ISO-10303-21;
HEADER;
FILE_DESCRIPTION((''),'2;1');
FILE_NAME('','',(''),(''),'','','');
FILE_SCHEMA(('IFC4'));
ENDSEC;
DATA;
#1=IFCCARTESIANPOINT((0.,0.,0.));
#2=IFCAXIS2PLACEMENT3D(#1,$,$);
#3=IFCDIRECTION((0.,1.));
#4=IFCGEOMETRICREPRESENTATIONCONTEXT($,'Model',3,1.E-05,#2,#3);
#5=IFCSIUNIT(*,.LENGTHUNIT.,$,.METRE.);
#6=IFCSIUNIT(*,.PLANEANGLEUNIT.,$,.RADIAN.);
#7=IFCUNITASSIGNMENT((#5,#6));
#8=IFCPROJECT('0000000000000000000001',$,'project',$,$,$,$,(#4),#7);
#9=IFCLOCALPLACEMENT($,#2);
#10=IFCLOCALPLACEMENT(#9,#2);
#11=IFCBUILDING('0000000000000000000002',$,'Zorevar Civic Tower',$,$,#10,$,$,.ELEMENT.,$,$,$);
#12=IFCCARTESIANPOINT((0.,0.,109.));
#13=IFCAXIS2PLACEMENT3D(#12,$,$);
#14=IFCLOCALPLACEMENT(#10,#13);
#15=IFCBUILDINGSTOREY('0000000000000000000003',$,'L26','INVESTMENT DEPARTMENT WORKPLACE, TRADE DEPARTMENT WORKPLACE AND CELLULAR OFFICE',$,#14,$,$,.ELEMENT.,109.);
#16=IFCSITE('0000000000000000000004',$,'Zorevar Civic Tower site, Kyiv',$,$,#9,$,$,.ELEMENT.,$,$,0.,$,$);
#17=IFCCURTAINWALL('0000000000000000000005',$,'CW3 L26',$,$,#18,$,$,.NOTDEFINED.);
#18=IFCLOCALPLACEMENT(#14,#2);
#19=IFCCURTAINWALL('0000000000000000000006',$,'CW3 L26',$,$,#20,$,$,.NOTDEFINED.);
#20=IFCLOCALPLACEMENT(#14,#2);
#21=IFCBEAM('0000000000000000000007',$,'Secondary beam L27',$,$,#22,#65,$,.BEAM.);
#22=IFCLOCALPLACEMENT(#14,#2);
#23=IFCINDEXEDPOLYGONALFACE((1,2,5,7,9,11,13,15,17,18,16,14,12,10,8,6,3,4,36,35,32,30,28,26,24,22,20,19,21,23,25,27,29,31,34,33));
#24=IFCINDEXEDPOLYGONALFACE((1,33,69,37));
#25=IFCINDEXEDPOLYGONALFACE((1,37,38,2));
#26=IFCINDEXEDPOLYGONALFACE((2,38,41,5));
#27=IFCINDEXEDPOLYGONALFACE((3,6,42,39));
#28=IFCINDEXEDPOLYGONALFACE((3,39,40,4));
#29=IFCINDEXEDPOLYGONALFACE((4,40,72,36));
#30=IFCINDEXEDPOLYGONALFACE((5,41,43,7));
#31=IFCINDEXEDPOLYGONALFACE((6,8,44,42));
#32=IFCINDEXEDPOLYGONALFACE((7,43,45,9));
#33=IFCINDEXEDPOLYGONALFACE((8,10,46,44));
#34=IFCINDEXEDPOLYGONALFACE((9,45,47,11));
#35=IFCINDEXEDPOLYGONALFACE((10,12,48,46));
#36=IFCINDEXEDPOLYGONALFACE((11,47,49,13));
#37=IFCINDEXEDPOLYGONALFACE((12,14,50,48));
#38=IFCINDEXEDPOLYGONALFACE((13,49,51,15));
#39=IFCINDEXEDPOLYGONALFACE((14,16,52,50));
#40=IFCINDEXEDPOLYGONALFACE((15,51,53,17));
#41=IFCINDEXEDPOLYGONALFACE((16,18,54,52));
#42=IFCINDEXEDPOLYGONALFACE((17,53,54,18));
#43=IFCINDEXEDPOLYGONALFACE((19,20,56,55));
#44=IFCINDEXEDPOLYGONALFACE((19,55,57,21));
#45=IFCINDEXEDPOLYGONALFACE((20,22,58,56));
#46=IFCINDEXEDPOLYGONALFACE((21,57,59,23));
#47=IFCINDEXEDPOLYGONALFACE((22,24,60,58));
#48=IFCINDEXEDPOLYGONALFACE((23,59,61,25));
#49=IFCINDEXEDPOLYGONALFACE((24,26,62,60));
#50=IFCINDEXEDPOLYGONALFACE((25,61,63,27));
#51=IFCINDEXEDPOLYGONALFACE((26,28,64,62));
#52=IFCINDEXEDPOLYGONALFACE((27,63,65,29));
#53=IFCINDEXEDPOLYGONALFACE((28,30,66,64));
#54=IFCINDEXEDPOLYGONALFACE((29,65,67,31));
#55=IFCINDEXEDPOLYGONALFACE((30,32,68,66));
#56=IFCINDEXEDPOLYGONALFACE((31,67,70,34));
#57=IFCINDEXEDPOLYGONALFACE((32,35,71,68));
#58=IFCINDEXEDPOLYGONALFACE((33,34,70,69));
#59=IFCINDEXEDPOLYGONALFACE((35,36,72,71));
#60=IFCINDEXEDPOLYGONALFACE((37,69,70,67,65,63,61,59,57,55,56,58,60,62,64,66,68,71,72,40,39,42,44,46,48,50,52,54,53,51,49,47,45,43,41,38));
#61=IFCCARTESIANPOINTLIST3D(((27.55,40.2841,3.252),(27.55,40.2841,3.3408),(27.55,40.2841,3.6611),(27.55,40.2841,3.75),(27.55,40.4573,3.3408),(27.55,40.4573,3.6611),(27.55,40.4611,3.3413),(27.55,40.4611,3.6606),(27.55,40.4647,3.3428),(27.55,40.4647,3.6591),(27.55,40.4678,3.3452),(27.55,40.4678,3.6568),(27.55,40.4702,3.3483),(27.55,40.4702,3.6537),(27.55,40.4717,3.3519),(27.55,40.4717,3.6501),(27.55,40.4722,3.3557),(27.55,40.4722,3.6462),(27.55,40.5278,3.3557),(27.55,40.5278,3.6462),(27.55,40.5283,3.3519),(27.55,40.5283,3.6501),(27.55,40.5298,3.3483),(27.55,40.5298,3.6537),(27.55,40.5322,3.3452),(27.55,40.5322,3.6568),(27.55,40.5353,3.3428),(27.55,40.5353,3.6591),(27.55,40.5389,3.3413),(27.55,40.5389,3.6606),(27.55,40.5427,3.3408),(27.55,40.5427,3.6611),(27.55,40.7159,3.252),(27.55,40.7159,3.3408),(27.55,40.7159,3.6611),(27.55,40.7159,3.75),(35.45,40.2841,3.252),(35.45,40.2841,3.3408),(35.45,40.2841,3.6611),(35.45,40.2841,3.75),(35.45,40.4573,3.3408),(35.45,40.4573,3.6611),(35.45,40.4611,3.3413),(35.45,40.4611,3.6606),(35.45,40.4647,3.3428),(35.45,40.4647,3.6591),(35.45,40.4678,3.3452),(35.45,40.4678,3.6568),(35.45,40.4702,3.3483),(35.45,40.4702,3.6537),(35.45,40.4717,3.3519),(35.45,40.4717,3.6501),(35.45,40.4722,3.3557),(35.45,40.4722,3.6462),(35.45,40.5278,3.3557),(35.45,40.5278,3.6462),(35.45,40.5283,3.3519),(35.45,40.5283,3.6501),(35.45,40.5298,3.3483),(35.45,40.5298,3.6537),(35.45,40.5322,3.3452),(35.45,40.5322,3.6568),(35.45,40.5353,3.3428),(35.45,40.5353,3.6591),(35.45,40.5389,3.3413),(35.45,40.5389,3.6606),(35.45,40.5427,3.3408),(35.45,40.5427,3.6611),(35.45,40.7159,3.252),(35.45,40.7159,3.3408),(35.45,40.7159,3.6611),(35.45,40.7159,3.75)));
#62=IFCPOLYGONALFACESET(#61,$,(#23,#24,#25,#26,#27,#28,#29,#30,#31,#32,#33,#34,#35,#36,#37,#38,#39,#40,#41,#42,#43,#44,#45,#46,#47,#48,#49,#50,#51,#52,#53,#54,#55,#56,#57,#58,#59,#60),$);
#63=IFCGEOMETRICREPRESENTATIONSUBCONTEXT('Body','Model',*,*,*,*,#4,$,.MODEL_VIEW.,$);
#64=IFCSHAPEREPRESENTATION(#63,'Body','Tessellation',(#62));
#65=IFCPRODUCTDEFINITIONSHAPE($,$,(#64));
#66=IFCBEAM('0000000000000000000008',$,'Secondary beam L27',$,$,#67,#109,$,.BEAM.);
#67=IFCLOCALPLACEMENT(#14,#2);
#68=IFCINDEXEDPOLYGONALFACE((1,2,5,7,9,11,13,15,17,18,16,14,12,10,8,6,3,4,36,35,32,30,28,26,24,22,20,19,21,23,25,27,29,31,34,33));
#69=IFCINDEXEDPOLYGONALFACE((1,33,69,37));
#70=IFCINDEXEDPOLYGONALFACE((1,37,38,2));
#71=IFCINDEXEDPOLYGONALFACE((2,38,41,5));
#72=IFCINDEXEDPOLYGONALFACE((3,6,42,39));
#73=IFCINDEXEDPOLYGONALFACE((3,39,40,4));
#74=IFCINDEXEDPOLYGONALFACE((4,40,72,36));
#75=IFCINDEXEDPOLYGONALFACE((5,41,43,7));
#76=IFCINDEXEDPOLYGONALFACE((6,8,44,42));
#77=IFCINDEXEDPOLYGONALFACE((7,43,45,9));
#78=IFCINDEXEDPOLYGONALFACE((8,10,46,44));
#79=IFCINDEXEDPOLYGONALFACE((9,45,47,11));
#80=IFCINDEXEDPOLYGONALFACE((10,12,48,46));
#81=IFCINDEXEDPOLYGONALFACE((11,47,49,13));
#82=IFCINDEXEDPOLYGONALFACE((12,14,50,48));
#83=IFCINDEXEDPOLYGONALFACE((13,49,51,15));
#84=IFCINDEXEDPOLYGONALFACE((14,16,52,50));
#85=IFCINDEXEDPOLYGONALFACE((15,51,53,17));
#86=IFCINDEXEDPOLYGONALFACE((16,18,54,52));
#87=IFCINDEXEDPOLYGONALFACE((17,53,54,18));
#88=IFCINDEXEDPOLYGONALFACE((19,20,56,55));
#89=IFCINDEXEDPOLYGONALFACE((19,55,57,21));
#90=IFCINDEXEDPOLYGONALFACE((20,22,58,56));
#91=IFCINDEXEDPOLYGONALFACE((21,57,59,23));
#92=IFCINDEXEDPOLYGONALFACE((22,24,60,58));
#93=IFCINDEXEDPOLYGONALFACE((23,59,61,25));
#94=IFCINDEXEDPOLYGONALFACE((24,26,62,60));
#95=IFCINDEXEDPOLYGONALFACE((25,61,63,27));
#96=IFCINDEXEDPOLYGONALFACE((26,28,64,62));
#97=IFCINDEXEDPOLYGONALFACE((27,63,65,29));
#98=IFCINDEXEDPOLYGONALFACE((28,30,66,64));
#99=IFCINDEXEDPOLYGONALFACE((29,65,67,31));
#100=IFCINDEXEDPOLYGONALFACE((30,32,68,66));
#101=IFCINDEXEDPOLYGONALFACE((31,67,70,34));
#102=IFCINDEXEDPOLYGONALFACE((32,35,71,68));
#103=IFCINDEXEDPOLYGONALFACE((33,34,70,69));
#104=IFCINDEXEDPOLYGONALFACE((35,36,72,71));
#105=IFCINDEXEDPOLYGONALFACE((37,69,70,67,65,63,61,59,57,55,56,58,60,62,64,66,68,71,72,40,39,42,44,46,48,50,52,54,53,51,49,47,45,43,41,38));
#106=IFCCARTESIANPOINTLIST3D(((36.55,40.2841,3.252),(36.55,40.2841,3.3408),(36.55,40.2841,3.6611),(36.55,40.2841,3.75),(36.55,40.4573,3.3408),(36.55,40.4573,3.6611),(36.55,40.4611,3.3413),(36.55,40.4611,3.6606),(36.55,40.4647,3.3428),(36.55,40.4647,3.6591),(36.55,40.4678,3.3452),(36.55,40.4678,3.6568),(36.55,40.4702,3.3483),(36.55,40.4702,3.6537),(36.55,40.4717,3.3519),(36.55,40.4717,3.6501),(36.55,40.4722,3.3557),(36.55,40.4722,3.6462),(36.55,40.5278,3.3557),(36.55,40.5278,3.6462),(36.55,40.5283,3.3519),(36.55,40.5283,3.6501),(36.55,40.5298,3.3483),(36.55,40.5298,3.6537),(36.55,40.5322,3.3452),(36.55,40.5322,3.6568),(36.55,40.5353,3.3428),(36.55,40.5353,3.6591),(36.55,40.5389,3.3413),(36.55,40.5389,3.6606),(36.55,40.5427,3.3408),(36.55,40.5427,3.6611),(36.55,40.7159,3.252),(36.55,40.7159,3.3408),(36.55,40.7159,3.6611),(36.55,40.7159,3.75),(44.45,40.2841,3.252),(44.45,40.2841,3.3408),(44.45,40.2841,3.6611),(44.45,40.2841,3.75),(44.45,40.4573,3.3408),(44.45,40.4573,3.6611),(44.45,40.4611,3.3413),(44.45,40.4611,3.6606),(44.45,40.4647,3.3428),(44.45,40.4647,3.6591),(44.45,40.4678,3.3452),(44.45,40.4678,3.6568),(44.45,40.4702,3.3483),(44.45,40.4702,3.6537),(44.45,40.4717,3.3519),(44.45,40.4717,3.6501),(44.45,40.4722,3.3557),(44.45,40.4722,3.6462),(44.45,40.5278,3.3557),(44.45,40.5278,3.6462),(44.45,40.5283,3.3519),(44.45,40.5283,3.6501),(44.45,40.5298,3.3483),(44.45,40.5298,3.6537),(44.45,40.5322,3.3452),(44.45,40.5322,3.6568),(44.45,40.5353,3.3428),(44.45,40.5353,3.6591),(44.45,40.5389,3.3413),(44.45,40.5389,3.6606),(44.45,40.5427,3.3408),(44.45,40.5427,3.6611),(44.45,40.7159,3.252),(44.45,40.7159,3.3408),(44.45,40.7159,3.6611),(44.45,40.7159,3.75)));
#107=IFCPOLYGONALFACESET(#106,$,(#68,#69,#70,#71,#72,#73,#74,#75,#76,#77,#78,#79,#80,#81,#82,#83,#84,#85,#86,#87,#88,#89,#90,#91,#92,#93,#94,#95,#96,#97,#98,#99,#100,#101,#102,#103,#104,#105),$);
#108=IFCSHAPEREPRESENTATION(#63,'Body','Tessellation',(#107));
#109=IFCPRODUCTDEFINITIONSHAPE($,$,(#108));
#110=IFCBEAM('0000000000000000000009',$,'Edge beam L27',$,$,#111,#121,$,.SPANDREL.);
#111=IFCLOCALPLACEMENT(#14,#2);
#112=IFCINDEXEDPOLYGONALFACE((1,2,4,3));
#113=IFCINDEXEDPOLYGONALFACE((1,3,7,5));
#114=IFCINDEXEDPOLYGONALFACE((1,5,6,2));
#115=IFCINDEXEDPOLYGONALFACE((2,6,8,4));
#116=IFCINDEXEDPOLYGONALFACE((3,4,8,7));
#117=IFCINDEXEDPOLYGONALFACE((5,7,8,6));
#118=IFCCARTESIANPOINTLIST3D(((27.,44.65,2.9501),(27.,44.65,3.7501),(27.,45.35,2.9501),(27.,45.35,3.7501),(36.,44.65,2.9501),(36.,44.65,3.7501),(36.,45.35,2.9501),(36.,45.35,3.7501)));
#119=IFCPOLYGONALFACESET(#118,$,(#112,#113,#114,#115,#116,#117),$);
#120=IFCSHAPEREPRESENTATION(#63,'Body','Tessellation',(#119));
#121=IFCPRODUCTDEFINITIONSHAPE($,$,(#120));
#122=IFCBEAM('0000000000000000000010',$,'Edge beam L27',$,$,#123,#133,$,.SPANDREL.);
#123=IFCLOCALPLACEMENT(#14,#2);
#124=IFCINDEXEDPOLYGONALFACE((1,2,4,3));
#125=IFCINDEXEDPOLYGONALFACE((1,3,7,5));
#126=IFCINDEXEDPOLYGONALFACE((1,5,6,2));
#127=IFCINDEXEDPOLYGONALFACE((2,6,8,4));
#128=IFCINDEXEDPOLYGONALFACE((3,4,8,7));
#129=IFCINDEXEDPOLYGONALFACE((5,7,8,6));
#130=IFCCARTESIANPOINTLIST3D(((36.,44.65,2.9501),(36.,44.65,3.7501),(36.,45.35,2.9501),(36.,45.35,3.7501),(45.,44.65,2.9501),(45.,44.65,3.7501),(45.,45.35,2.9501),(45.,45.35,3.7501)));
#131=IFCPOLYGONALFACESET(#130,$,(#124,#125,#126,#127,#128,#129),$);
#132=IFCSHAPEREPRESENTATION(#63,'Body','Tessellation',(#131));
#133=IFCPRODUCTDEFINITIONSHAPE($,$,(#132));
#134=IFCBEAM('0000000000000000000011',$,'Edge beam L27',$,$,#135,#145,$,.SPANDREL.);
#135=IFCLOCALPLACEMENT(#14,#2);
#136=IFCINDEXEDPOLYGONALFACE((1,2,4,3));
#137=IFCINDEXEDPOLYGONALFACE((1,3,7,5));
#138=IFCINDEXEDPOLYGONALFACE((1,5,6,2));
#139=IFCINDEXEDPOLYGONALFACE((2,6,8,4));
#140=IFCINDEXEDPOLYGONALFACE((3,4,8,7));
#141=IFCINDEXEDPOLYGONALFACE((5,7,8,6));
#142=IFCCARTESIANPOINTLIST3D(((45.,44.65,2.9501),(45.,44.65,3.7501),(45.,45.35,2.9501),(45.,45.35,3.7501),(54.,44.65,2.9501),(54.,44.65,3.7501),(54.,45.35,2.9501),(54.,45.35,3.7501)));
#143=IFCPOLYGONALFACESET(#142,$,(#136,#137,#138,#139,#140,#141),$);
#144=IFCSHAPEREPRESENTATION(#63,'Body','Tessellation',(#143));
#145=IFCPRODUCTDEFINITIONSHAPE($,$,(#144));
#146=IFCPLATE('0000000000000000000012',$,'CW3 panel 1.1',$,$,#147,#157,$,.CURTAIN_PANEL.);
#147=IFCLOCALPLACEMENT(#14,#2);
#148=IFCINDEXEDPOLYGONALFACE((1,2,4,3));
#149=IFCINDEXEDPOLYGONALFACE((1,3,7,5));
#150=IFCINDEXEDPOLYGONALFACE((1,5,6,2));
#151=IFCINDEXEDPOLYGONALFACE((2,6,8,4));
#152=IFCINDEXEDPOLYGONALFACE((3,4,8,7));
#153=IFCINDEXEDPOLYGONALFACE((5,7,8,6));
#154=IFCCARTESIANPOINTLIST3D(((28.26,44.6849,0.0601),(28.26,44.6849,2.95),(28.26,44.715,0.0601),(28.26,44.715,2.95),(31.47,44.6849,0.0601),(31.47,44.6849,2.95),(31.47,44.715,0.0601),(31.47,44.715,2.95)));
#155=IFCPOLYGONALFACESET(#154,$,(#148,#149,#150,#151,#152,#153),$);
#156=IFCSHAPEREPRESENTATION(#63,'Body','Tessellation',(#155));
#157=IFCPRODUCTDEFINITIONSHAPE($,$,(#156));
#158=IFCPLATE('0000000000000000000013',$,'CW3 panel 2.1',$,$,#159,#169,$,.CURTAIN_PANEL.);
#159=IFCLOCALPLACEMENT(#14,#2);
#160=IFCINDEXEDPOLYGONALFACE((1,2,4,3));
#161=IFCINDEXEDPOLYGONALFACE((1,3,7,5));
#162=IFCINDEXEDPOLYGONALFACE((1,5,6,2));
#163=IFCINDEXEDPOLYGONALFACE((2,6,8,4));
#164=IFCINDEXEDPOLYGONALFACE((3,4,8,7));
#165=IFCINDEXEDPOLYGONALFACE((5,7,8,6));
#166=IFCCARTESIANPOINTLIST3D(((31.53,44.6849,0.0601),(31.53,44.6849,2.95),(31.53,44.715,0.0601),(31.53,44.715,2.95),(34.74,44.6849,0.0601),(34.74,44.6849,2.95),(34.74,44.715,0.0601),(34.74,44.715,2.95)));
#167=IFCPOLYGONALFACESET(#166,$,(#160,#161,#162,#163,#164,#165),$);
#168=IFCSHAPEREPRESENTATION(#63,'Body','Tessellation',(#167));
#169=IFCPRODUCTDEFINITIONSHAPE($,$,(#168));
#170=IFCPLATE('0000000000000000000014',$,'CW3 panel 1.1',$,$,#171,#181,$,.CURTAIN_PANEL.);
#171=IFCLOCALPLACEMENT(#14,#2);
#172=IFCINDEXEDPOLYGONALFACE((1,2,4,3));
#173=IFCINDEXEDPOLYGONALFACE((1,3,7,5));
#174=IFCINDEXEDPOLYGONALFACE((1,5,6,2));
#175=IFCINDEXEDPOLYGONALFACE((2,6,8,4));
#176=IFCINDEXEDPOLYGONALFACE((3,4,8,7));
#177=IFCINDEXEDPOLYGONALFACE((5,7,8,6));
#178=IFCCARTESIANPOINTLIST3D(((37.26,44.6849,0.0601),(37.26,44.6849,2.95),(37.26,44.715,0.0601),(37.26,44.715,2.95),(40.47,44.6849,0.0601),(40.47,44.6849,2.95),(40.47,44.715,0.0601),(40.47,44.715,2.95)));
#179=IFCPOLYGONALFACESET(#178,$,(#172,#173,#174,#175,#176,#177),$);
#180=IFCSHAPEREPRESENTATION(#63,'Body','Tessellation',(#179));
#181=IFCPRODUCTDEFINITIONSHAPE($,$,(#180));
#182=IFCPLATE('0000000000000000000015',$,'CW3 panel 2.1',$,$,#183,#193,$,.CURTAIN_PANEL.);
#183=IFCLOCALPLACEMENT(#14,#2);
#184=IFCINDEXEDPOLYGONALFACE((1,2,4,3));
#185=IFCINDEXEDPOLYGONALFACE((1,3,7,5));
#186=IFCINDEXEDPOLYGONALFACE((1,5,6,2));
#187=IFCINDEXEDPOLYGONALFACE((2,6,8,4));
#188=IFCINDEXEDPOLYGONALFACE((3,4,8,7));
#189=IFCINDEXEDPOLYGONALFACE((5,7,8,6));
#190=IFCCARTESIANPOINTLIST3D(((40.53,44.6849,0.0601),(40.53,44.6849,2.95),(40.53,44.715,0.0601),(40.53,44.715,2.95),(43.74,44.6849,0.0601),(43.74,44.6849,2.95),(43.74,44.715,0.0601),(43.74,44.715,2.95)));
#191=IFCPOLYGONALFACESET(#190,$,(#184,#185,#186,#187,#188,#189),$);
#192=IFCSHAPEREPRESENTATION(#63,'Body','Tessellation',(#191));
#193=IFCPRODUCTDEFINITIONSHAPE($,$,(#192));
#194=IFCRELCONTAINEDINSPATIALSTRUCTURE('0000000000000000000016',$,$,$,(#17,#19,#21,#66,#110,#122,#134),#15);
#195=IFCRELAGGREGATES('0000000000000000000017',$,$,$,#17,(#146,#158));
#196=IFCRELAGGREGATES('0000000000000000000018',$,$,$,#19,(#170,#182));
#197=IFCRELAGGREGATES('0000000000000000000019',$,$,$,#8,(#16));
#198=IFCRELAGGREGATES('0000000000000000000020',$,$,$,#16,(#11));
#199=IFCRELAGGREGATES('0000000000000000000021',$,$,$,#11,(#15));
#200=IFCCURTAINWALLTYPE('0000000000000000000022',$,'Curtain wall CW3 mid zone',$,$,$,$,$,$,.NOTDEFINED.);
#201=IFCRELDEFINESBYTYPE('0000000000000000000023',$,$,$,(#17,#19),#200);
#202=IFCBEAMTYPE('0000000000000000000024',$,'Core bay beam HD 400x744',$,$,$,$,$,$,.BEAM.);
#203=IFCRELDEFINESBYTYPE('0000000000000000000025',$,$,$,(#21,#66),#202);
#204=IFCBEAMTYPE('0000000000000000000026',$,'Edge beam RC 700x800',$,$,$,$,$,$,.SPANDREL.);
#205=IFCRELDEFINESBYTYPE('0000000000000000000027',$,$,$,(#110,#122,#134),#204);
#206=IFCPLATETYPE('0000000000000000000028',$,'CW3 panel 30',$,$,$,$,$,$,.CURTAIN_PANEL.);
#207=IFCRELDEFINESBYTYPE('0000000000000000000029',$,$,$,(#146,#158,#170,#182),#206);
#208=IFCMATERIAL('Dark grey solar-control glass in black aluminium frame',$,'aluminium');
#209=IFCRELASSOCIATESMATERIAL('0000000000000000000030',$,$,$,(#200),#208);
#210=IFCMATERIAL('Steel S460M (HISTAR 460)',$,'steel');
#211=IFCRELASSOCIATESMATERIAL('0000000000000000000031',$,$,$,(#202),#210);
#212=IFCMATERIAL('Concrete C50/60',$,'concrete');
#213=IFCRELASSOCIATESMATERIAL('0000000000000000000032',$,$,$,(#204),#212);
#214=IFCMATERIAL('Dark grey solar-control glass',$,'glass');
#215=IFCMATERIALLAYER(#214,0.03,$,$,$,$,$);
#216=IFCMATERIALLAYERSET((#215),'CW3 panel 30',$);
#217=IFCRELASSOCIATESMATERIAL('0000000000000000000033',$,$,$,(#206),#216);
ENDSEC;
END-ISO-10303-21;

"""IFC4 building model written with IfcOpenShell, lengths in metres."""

from ifc_helpers import new_model, si_unit, direction, frame, origin, origin_2d, place, context, subcontext, project, spatial, rectangle, i_section, extrude, material, layer, layer_set, material_profile, profile_set, type_object, element, aggregate, save


model = new_model("IFC4")

# Units and contexts
model_context = context("Model", 3, precision=1e-05, world=origin(), true_north=direction((0.0, 1.0)))
body_context = subcontext(model_context, "Body", "Model", "MODEL_VIEW")
ifc_project = project(units=[si_unit("LENGTHUNIT", "METRE"), si_unit("PLANEANGLEUNIT", "RADIAN")], contexts=[model_context])

# Site, building, storey
site_placement = place(None, origin())
site = spatial("IfcSite", under=ifc_project, at=site_placement, Name="Zorevar Civic Tower site, Kyiv", CompositionType="ELEMENT", RefElevation=0.0)
building_placement = place(site_placement, origin())
building = spatial("IfcBuilding", under=site, at=building_placement, Name="Zorevar Civic Tower", CompositionType="ELEMENT")
storey_placement = place(building_placement, frame((0.0, 0.0, 109.0)))
storey = spatial("IfcBuildingStorey", under=building, at=storey_placement, Name="L26", Description="INVESTMENT DEPARTMENT WORKPLACE, TRADE DEPARTMENT WORKPLACE AND CELLULAR OFFICE", CompositionType="ELEMENT", Elevation=109.0)

# Curtain walls
ifc_material_1 = material(Name="Dark grey solar-control glass in black aluminium frame", Category="aluminium")
curtain_wall_type = type_object("IfcCurtainWallType", Name="Curtain wall CW3 mid zone", PredefinedType="NOTDEFINED", material=ifc_material_1)
curtain_wall_1_placement = place(storey_placement, origin())
curtain_wall_1 = element("IfcCurtainWall", 1, at=curtain_wall_1_placement, inside=storey, type_object=curtain_wall_type, Name="CW3 L26", PredefinedType="NOTDEFINED")
curtain_wall_2_placement = place(storey_placement, origin())
curtain_wall_2 = element("IfcCurtainWall", 2, at=curtain_wall_2_placement, inside=storey, type_object=curtain_wall_type, Name="CW3 L26", PredefinedType="NOTDEFINED")

# Beams
ifc_material_2 = material(Name="Steel S460M (HISTAR 460)", Category="steel")
ifc_material_profile_1 = material_profile(ifc_material_2, i_section(OverallWidth=0.4319, OverallDepth=0.498, WebThickness=0.0557, FlangeThickness=0.0889, FilletRadius=0.0149, at=origin_2d()), Name="HD 400x744")
ifc_profile_set_1 = profile_set([ifc_material_profile_1], Name="Steel S460M (HISTAR 460)")
beam_type_1 = type_object("IfcBeamType", Name="Core bay beam HD 400x744", PredefinedType="BEAM", material=ifc_profile_set_1)
for number, where, z_axis, x_axis, name in (
    (3, (27.55, 40.5, 3.501), (1.0, 0.0, 0.0), (0.0, 1.0, 0.0), "Secondary beam L27"),
    (4, (36.55, 40.5, 3.501), (1.0, 0.0, 0.0), (0.0, 1.0, 0.0), "Secondary beam L27"),
):
    element("IfcBeam", number, at=place(storey_placement, frame(where, z_axis=z_axis, x_axis=x_axis)), inside=storey, type_object=beam_type_1, Name=name, PredefinedType="BEAM", context=body_context, shape_type="SweptSolid", body=[
        extrude(i_section(OverallWidth=0.4319, OverallDepth=0.498, WebThickness=0.0557, FlangeThickness=0.0889, FilletRadius=0.0149, at=origin_2d()), origin(), (0.0, 0.0, 1.0), 7.8999),
    ])
ifc_material_3 = material(Name="Concrete C50/60", Category="concrete")
ifc_material_profile_2 = material_profile(ifc_material_3, rectangle(XDim=0.7, YDim=0.8, at=origin_2d()), Name="RC 700x800")
ifc_profile_set_2 = profile_set([ifc_material_profile_2], Name="Concrete C50/60")
beam_type_2 = type_object("IfcBeamType", Name="Edge beam RC 700x800", PredefinedType="SPANDREL", material=ifc_profile_set_2)
for number, where, z_axis, x_axis, name in (
    (5, (27.0, 45.0, 3.3501), (1.0, 0.0, 0.0), (0.0, 1.0, 0.0), "Edge beam L27"),
    (6, (36.0, 45.0, 3.3501), (1.0, 0.0, 0.0), (0.0, 1.0, 0.0), "Edge beam L27"),
    (7, (45.0, 45.0, 3.3501), (1.0, 0.0, 0.0), (0.0, 1.0, 0.0), "Edge beam L27"),
):
    element("IfcBeam", number, at=place(storey_placement, frame(where, z_axis=z_axis, x_axis=x_axis)), inside=storey, type_object=beam_type_2, Name=name, PredefinedType="SPANDREL", context=body_context, shape_type="SweptSolid", body=[
        extrude(rectangle(XDim=0.7, YDim=0.8, at=origin_2d()), origin(), (0.0, 0.0, 1.0), 9.0),
    ])

# Plates
ifc_material_4 = material(Name="Dark grey solar-control glass", Category="glass")
ifc_layer_1 = layer(ifc_material_4, 0.03)
ifc_layer_set_1 = layer_set([ifc_layer_1], Name="CW3 panel 30")
plate_type = type_object("IfcPlateType", Name="CW3 panel 30", PredefinedType="CURTAIN_PANEL", material=ifc_layer_set_1)
plate_1_placement = place(storey_placement, frame((29.865, 44.7, 0.0601), z_axis=(0.0, 0.0, 1.0), x_axis=(1.0, 0.0, 0.0)))
plate_1 = element("IfcPlate", 8, at=plate_1_placement, type_object=plate_type, Name="CW3 panel 1.1", PredefinedType="CURTAIN_PANEL", context=body_context, shape_type="SweptSolid", body=[
    extrude(rectangle(XDim=3.21, YDim=0.03, at=origin_2d()), origin(), (0.0, 0.0, 1.0), 2.8899),
])
plate_2_placement = place(storey_placement, frame((33.135, 44.7, 0.0601), z_axis=(0.0, 0.0, 1.0), x_axis=(1.0, 0.0, 0.0)))
plate_2 = element("IfcPlate", 9, at=plate_2_placement, type_object=plate_type, Name="CW3 panel 2.1", PredefinedType="CURTAIN_PANEL", context=body_context, shape_type="SweptSolid", body=[
    extrude(rectangle(XDim=3.21, YDim=0.03, at=origin_2d()), origin(), (0.0, 0.0, 1.0), 2.8899),
])
aggregate(curtain_wall_1, [plate_1, plate_2])
plate_3_placement = place(storey_placement, frame((38.865, 44.7, 0.0601), z_axis=(0.0, 0.0, 1.0), x_axis=(1.0, 0.0, 0.0)))
plate_3 = element("IfcPlate", 10, at=plate_3_placement, type_object=plate_type, Name="CW3 panel 1.1", PredefinedType="CURTAIN_PANEL", context=body_context, shape_type="SweptSolid", body=[
    extrude(rectangle(XDim=3.21, YDim=0.03, at=origin_2d()), origin(), (0.0, 0.0, 1.0), 2.8899),
])
plate_4_placement = place(storey_placement, frame((42.135, 44.7, 0.0601), z_axis=(0.0, 0.0, 1.0), x_axis=(1.0, 0.0, 0.0)))
plate_4 = element("IfcPlate", 11, at=plate_4_placement, type_object=plate_type, Name="CW3 panel 2.1", PredefinedType="CURTAIN_PANEL", context=body_context, shape_type="SweptSolid", body=[
    extrude(rectangle(XDim=3.21, YDim=0.03, at=origin_2d()), origin(), (0.0, 0.0, 1.0), 2.8899),
])
aggregate(curtain_wall_2, [plate_3, plate_4])

save(model, "model.ifc")
